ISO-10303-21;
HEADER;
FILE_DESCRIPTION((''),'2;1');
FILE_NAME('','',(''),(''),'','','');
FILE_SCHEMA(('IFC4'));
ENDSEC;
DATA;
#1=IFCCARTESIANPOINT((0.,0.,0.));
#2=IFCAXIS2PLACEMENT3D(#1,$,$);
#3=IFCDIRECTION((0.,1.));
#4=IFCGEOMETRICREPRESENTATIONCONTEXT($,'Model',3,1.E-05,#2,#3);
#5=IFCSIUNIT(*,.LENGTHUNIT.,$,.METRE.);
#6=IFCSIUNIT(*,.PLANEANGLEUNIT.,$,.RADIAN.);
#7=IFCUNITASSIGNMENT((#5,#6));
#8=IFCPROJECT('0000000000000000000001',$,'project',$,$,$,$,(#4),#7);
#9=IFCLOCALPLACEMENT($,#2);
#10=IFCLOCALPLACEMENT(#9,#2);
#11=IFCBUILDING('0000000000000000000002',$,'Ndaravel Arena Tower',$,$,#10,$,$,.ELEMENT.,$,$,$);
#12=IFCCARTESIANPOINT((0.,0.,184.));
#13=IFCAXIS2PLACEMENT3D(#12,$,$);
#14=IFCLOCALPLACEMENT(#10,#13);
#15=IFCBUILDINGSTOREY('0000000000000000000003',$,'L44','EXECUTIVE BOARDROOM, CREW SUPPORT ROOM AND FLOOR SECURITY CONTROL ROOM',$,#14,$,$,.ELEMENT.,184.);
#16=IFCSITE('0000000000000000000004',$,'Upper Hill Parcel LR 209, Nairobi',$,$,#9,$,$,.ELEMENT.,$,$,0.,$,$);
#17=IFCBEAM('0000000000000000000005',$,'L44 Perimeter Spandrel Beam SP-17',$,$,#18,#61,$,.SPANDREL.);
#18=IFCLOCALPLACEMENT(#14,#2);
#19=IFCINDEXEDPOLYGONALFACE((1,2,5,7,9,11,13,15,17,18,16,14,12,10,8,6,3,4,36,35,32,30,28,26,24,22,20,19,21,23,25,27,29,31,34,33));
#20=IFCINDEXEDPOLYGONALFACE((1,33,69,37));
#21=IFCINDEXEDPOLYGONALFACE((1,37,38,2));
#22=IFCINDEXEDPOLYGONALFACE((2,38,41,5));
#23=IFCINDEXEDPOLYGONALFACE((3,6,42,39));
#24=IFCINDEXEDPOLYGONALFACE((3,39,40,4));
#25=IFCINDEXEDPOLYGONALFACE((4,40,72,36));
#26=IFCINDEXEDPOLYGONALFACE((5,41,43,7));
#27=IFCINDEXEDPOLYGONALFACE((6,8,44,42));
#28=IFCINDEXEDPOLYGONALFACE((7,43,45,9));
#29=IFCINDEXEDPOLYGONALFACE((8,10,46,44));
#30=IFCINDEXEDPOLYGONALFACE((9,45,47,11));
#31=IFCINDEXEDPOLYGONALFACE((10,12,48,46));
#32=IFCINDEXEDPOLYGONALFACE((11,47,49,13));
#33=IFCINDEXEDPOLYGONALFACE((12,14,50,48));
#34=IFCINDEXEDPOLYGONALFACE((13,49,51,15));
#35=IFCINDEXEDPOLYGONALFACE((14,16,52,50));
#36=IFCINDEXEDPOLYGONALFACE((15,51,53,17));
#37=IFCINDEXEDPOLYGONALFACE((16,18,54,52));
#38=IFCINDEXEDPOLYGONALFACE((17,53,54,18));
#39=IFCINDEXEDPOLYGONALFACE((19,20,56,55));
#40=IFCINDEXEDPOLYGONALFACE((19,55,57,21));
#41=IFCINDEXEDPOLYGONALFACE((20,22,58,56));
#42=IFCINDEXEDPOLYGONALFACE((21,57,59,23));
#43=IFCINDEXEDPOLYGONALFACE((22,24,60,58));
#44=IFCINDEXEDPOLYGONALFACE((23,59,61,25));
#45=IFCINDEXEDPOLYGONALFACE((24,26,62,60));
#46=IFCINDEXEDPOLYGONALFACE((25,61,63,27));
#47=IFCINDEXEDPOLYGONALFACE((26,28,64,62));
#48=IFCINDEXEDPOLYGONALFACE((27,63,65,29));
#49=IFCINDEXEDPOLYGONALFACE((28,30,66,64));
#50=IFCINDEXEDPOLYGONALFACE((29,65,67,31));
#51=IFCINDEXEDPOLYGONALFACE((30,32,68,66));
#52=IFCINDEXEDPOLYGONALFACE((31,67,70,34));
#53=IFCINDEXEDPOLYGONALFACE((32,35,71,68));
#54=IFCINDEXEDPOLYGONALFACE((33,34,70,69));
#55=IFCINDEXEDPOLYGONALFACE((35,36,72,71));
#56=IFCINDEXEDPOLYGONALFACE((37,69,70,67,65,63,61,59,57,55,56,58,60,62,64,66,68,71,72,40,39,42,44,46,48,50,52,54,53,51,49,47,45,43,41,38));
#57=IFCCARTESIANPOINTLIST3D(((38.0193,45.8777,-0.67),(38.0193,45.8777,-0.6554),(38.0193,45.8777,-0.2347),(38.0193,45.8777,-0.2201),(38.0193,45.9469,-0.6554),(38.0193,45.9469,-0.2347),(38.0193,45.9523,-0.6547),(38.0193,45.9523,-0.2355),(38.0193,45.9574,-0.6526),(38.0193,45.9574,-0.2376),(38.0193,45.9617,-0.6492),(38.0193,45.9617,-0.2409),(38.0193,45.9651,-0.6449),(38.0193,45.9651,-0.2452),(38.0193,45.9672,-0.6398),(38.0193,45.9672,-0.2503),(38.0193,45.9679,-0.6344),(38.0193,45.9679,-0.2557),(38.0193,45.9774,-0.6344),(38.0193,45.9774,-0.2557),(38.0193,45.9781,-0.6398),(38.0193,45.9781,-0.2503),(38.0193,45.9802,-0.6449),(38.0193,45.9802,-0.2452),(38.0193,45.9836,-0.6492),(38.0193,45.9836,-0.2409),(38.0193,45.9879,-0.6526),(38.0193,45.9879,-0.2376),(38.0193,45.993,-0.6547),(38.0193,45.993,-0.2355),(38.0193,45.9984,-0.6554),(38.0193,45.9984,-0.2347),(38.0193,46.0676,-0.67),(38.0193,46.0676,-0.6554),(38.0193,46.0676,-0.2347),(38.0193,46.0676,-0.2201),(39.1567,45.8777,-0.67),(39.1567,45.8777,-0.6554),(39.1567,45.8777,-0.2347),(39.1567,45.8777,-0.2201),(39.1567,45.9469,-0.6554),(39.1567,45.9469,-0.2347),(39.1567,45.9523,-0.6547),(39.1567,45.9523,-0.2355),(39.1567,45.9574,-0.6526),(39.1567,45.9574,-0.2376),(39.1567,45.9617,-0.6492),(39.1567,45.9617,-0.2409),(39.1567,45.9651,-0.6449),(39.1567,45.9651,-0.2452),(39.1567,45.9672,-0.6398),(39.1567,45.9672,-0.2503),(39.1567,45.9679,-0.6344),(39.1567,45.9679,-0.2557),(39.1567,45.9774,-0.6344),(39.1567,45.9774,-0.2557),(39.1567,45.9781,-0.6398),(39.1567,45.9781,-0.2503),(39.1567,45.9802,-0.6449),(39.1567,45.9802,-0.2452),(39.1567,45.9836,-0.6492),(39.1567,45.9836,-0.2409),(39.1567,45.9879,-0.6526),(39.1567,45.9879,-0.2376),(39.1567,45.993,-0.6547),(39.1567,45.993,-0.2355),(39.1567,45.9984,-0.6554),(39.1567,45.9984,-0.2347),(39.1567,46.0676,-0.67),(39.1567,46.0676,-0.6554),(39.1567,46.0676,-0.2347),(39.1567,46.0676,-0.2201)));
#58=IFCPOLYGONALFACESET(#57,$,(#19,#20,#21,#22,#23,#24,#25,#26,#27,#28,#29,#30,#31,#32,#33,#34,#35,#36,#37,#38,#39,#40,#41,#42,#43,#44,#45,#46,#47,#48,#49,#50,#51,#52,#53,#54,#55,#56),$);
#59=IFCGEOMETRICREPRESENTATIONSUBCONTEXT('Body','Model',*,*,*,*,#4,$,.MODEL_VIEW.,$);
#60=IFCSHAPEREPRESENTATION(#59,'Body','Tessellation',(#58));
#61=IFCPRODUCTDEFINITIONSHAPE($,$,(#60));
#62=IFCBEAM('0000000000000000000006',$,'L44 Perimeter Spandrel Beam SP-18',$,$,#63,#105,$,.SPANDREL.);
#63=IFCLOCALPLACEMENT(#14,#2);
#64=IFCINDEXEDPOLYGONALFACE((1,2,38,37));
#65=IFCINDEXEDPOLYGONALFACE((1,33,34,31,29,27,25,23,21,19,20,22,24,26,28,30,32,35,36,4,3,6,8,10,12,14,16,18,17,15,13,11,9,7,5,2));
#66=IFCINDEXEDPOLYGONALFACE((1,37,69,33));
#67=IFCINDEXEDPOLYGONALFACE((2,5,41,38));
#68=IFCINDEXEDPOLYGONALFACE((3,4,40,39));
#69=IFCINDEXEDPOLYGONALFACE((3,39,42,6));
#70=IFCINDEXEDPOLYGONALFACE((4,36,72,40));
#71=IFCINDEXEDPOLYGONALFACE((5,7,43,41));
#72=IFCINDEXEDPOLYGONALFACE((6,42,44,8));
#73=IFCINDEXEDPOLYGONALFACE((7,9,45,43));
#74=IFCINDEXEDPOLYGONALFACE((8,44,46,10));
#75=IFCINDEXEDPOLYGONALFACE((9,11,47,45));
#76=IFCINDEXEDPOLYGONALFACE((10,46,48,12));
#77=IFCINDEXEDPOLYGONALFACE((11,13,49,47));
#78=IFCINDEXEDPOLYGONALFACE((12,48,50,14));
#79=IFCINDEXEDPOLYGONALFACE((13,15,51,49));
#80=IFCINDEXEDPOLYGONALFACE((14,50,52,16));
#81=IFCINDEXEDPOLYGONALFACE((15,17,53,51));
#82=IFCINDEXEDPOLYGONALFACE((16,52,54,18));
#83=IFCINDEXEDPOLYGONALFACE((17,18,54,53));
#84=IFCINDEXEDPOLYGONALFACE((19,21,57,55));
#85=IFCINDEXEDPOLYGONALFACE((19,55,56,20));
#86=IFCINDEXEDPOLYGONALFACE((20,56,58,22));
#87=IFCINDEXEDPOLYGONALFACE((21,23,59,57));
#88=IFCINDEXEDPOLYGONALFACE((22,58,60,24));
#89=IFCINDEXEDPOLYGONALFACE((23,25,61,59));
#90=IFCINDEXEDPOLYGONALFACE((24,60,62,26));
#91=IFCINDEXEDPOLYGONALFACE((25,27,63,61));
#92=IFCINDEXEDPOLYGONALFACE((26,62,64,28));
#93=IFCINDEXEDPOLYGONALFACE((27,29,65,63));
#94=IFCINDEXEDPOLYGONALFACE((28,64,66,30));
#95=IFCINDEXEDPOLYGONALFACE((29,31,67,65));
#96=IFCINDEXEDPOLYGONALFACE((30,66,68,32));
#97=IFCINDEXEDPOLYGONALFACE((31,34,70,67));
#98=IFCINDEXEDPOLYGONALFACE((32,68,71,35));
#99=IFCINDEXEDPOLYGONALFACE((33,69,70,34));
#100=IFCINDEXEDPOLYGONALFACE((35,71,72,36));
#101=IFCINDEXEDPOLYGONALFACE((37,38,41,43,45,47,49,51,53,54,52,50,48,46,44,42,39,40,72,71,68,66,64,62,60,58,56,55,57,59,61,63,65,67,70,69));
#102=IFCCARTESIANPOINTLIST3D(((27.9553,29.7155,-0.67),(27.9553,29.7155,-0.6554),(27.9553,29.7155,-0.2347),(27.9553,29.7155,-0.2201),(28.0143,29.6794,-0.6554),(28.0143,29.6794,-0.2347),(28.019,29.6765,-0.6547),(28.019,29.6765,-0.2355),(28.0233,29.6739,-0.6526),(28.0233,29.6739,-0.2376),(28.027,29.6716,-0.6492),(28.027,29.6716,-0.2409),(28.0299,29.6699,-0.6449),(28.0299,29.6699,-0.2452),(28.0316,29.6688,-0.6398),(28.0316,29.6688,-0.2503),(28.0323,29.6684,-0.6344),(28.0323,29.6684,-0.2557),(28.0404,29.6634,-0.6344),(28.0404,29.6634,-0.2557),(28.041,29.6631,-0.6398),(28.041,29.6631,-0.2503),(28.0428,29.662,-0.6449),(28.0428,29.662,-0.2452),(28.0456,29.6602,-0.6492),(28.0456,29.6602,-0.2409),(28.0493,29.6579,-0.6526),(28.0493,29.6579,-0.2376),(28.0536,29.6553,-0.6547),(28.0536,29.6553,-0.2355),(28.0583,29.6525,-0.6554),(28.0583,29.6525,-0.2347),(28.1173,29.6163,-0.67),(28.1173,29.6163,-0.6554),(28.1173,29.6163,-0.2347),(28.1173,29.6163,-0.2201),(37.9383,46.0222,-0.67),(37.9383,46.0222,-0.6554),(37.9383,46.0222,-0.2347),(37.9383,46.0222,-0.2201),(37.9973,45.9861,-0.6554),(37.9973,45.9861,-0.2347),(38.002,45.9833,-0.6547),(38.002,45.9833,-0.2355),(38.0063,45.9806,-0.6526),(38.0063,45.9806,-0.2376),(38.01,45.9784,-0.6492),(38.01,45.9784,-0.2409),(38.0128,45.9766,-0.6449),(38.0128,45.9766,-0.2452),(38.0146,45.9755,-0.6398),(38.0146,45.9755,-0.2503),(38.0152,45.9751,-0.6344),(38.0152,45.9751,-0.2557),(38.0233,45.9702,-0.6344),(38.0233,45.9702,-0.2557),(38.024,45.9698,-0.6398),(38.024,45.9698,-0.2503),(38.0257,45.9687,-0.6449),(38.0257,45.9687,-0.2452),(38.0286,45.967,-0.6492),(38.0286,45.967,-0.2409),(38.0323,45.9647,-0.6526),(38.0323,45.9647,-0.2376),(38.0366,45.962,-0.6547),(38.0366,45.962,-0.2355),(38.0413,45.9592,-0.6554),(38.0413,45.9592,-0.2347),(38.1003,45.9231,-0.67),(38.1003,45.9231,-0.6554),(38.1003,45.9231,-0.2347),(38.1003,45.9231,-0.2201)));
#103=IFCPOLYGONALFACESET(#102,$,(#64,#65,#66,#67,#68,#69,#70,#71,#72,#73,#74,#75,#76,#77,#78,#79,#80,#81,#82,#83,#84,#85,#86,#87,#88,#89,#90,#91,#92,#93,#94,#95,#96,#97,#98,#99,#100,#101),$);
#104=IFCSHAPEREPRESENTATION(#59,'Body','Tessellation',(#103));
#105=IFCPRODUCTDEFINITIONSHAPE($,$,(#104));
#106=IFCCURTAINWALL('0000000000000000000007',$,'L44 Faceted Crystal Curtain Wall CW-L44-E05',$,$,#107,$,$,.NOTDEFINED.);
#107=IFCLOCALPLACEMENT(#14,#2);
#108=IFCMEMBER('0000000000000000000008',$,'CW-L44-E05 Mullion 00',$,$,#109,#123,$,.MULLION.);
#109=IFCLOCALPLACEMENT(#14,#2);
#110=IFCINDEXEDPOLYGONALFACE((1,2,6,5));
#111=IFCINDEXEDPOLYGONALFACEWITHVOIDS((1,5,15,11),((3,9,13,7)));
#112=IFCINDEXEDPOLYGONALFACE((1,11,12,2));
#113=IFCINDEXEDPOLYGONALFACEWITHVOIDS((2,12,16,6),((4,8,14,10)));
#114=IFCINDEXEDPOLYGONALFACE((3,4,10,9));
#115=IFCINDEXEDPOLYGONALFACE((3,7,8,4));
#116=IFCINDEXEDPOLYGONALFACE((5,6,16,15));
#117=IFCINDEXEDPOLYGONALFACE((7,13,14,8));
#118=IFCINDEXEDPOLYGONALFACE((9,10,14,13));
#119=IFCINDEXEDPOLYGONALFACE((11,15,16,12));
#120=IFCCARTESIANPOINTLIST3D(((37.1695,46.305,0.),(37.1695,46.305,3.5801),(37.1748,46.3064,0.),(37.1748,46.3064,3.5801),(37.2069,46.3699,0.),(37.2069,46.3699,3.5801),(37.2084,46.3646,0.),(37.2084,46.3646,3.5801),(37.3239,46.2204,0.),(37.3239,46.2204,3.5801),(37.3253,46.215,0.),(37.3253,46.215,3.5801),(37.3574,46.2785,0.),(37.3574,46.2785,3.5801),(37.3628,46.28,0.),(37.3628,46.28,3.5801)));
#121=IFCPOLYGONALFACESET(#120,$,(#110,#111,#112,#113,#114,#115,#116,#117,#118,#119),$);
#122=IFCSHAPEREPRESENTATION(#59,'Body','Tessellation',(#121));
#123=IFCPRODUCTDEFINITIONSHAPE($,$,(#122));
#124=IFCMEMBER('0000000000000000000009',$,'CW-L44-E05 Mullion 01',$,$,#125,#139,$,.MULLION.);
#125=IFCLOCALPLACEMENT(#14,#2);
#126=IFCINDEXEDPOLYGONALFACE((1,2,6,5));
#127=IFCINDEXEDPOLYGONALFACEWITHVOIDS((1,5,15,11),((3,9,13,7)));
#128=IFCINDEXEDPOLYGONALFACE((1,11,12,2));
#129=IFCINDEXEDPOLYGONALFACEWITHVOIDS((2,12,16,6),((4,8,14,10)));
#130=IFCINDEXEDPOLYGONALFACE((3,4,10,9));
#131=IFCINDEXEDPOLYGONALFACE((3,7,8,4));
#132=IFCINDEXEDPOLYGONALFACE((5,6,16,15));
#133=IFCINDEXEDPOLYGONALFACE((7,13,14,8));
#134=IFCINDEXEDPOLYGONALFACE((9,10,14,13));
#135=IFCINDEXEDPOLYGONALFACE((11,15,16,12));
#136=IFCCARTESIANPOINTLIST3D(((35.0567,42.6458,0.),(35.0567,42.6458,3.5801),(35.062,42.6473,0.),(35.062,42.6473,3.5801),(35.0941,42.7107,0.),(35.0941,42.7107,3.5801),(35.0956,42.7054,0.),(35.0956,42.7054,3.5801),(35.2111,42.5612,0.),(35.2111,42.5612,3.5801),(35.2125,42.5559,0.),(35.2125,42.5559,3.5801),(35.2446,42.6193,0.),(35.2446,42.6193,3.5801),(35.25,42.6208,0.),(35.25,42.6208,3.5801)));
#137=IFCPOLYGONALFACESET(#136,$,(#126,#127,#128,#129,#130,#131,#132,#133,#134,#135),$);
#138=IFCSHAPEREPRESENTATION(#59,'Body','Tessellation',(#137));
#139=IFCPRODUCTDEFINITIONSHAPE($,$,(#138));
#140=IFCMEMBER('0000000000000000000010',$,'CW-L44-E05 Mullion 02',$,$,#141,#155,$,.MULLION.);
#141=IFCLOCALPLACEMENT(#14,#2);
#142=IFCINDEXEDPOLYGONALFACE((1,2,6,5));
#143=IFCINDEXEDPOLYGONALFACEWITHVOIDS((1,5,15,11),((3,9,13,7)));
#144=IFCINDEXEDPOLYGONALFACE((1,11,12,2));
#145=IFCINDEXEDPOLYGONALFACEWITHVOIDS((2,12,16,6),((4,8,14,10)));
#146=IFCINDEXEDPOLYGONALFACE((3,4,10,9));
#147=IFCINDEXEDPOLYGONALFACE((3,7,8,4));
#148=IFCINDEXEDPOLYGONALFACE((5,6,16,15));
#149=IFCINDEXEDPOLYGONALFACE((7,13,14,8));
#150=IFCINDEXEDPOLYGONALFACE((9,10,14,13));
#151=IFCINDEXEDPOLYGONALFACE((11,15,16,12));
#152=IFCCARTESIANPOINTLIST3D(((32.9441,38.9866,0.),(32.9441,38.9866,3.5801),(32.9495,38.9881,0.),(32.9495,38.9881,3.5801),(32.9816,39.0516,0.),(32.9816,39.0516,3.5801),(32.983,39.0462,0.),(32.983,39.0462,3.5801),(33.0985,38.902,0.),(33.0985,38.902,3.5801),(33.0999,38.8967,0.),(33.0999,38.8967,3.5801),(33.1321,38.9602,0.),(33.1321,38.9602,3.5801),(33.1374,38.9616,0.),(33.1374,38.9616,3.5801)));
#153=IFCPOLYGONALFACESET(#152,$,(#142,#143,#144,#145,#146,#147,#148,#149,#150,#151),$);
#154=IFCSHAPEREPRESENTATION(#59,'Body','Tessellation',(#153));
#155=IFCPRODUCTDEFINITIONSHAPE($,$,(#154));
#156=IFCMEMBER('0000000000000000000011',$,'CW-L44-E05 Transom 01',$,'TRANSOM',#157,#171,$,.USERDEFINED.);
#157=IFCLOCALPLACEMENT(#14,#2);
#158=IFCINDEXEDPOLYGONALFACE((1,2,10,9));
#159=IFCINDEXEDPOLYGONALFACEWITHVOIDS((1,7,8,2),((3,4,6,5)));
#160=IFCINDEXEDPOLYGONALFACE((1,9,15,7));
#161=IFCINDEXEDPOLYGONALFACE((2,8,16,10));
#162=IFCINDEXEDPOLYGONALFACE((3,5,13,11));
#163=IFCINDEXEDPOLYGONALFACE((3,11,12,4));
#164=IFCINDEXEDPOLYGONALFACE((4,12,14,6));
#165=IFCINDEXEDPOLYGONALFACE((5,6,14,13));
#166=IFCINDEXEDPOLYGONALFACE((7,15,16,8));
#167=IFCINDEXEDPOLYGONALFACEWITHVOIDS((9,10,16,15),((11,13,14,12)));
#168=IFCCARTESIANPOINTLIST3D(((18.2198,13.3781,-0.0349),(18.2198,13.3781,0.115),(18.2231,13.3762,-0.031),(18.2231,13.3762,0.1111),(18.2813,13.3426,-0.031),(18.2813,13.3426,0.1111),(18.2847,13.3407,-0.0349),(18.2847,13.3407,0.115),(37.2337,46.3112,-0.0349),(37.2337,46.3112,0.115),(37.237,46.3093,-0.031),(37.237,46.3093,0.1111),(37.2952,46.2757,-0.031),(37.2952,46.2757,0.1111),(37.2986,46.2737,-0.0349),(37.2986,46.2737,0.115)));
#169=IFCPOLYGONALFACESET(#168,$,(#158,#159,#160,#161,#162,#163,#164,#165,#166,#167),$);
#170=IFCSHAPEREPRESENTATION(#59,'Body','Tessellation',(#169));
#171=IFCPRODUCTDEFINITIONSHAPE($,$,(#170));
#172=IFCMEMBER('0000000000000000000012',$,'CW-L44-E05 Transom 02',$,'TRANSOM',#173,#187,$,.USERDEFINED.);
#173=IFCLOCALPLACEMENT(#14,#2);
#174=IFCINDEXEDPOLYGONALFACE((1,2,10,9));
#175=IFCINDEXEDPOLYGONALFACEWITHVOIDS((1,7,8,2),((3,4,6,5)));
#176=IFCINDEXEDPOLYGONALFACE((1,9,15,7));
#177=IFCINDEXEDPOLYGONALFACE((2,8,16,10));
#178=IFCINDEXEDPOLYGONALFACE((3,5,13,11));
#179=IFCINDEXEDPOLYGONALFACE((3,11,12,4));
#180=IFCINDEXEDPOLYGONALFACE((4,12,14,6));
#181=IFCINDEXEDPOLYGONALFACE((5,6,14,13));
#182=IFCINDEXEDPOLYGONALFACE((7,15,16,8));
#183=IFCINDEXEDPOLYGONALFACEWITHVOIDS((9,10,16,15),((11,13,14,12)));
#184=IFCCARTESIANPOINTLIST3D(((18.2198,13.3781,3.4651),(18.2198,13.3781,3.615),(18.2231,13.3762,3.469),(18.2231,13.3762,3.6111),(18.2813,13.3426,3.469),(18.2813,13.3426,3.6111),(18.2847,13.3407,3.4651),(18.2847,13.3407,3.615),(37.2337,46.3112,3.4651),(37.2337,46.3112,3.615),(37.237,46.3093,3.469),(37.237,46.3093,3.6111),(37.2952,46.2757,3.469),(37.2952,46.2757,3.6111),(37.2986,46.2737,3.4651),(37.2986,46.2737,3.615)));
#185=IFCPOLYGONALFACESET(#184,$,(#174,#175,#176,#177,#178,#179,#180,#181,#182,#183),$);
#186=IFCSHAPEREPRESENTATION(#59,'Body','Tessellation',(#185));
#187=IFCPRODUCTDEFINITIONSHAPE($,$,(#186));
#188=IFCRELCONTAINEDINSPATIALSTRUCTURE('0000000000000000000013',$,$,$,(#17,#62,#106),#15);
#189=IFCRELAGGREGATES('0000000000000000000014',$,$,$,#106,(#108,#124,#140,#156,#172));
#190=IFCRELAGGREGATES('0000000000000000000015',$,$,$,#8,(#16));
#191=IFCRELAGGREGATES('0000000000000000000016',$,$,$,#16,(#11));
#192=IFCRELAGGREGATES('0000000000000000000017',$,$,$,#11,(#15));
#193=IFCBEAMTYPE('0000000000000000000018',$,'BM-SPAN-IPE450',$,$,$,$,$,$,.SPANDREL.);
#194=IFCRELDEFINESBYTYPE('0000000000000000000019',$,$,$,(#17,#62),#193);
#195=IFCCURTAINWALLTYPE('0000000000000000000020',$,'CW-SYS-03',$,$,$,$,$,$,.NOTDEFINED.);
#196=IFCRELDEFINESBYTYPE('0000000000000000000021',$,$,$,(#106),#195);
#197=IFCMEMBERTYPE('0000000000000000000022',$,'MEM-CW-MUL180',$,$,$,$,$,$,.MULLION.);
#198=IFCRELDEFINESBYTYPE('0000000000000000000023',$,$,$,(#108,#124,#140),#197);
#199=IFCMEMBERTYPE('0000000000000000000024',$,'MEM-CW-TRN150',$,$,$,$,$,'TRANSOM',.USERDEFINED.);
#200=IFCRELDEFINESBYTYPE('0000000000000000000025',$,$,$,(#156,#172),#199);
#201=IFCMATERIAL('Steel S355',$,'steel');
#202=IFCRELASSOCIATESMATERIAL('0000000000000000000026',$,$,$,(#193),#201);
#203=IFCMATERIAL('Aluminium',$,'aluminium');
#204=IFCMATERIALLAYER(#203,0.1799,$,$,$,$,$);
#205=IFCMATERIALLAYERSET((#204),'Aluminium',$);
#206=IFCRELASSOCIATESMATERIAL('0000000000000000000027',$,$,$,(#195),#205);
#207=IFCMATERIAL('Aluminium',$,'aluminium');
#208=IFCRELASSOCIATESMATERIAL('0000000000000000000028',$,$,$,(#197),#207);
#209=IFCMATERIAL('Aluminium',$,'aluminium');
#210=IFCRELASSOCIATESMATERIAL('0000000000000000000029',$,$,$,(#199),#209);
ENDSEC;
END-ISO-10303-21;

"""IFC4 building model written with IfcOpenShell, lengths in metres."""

from ifc_helpers import new_model, si_unit, direction, frame, origin, origin_2d, place, context, subcontext, project, spatial, hollow_rectangle, i_section, extrude, material, layer, layer_set, material_profile, profile_set, type_object, element, aggregate, save


model = new_model("IFC4")

# Units and contexts
model_context = context("Model", 3, precision=1e-05, world=origin(), true_north=direction((0.0, 1.0)))
body_context = subcontext(model_context, "Body", "Model", "MODEL_VIEW")
ifc_project = project(units=[si_unit("LENGTHUNIT", "METRE"), si_unit("PLANEANGLEUNIT", "RADIAN")], contexts=[model_context])

# Site, building, storey
site_placement = place(None, origin())
site = spatial("IfcSite", under=ifc_project, at=site_placement, Name="Upper Hill Parcel LR 209, Nairobi", CompositionType="ELEMENT", RefElevation=0.0)
building_placement = place(site_placement, origin())
building = spatial("IfcBuilding", under=site, at=building_placement, Name="Ndaravel Arena Tower", CompositionType="ELEMENT")
storey_placement = place(building_placement, frame((0.0, 0.0, 184.0)))
storey = spatial("IfcBuildingStorey", under=building, at=storey_placement, Name="L44", Description="EXECUTIVE BOARDROOM, CREW SUPPORT ROOM AND FLOOR SECURITY CONTROL ROOM", CompositionType="ELEMENT", Elevation=184.0)

# Beams
ifc_material_1 = material(Name="Steel S355", Category="steel")
ifc_material_profile_1 = material_profile(ifc_material_1, i_section(OverallWidth=0.1899, OverallDepth=0.45, WebThickness=0.0095, FlangeThickness=0.0146, FilletRadius=0.021, at=origin_2d()), Name="IPE 450")
ifc_profile_set_1 = profile_set([ifc_material_profile_1], Name="Steel S355")
beam_type_1 = type_object("IfcBeamType", Name="BM-SPAN-IPE450", PredefinedType="SPANDREL", material=ifc_profile_set_1)
beam_1_placement = place(storey_placement, frame((39.1567, 45.9727, -0.4451), z_axis=(-1.0, 0.0, 0.0), x_axis=(0.0, -1.0, 0.0)))
element("IfcBeam", 1, at=beam_1_placement, inside=storey, type_object=beam_type_1, Name="L44 Perimeter Spandrel Beam SP-17", PredefinedType="SPANDREL", context=body_context, shape_type="SweptSolid", body=[
    extrude(i_section(OverallWidth=0.1899, OverallDepth=0.45, WebThickness=0.0095, FlangeThickness=0.0146, FilletRadius=0.021, at=origin_2d()), origin(), (0.0, 0.0, 1.0), 1.1375),
])
beam_2_placement = place(storey_placement, frame((38.0193, 45.9727, -0.4451), z_axis=(-0.522125, -0.852869, 0.0), x_axis=(0.852869, -0.522125, 0.0)))
element("IfcBeam", 2, at=beam_2_placement, inside=storey, type_object=beam_type_1, Name="L44 Perimeter Spandrel Beam SP-18", PredefinedType="SPANDREL", context=body_context, shape_type="SweptSolid", body=[
    extrude(i_section(OverallWidth=0.1899, OverallDepth=0.45, WebThickness=0.0095, FlangeThickness=0.0146, FilletRadius=0.021, at=origin_2d()), origin(), (0.0, 0.0, 1.0), 19.1199),
])

# Curtain wall, members
ifc_material_2 = material(Name="Aluminium", Category="aluminium")
ifc_layer_1 = layer(ifc_material_2, 0.1799)
ifc_layer_set_1 = layer_set([ifc_layer_1], Name="Aluminium")
curtain_wall_type_1 = type_object("IfcCurtainWallType", Name="CW-SYS-03", PredefinedType="NOTDEFINED", material=ifc_layer_set_1)
curtain_wall_1_placement = place(storey_placement, origin())
curtain_wall_1 = element("IfcCurtainWall", 3, at=curtain_wall_1_placement, inside=storey, type_object=curtain_wall_type_1, Name="L44 Faceted Crystal Curtain Wall CW-L44-E05", PredefinedType="NOTDEFINED")
ifc_material_3 = material(Name="Aluminium", Category="aluminium")
ifc_material_profile_2 = material_profile(ifc_material_3, hollow_rectangle(XDim=0.075, YDim=0.1799, WallThickness=0.0039, at=origin_2d()), Name="CW MULLION 75x180x4")
ifc_profile_set_2 = profile_set([ifc_material_profile_2], Name="Aluminium")
member_type_1 = type_object("IfcMemberType", Name="MEM-CW-MUL180", PredefinedType="MULLION", material=ifc_profile_set_2)
member_1_placement = place(storey_placement, frame((37.2661, 46.2925, 0.0), z_axis=(0.0, 0.0, 1.0), x_axis=(-0.5, -0.866025, 0.0)))
member_1 = element("IfcMember", 4, at=member_1_placement, type_object=member_type_1, Name="CW-L44-E05 Mullion 00", PredefinedType="MULLION", context=body_context, shape_type="SweptSolid", body=[
    extrude(hollow_rectangle(XDim=0.075, YDim=0.1799, WallThickness=0.0039, at=origin_2d()), origin(), (0.0, 0.0, 1.0), 3.5801),
])
member_2_placement = place(storey_placement, frame((35.1533, 42.6333, 0.0), z_axis=(0.0, 0.0, 1.0), x_axis=(-0.5, -0.866025, 0.0)))
member_2 = element("IfcMember", 5, at=member_2_placement, type_object=member_type_1, Name="CW-L44-E05 Mullion 01", PredefinedType="MULLION", context=body_context, shape_type="SweptSolid", body=[
    extrude(hollow_rectangle(XDim=0.075, YDim=0.1799, WallThickness=0.0039, at=origin_2d()), origin(), (0.0, 0.0, 1.0), 3.5801),
])
member_3_placement = place(storey_placement, frame((33.0408, 38.9741, 0.0), z_axis=(0.0, 0.0, 1.0), x_axis=(-0.5, -0.866025, 0.0)))
member_3 = element("IfcMember", 6, at=member_3_placement, type_object=member_type_1, Name="CW-L44-E05 Mullion 02", PredefinedType="MULLION", context=body_context, shape_type="SweptSolid", body=[
    extrude(hollow_rectangle(XDim=0.075, YDim=0.1799, WallThickness=0.0039, at=origin_2d()), origin(), (0.0, 0.0, 1.0), 3.5801),
])
ifc_material_4 = material(Name="Aluminium", Category="aluminium")
ifc_material_profile_3 = material_profile(ifc_material_4, hollow_rectangle(XDim=0.075, YDim=0.1499, WallThickness=0.0039, at=origin_2d()), Name="CW TRANSOM 75x150x4")
ifc_profile_set_3 = profile_set([ifc_material_profile_3], Name="Aluminium")
member_type_2 = type_object("IfcMemberType", Name="MEM-CW-TRN150", ElementType="TRANSOM", PredefinedType="USERDEFINED", material=ifc_profile_set_3)
member_4_placement = place(storey_placement, frame((37.2661, 46.2925, 0.04), z_axis=(-0.5, -0.866026, 0.0), x_axis=(0.866026, -0.5, 0.0)))
member_4 = element("IfcMember", 7, at=member_4_placement, type_object=member_type_2, Name="CW-L44-E05 Transom 01", ObjectType="TRANSOM", PredefinedType="USERDEFINED", context=body_context, shape_type="SweptSolid", body=[
    extrude(hollow_rectangle(XDim=0.075, YDim=0.1499, WallThickness=0.0039, at=origin_2d()), origin(), (0.0, 0.0, 1.0), 38.0278),
])
member_5_placement = place(storey_placement, frame((37.2661, 46.2925, 3.54), z_axis=(-0.5, -0.866026, 0.0), x_axis=(0.866026, -0.5, 0.0)))
member_5 = element("IfcMember", 8, at=member_5_placement, type_object=member_type_2, Name="CW-L44-E05 Transom 02", ObjectType="TRANSOM", PredefinedType="USERDEFINED", context=body_context, shape_type="SweptSolid", body=[
    extrude(hollow_rectangle(XDim=0.075, YDim=0.1499, WallThickness=0.0039, at=origin_2d()), origin(), (0.0, 0.0, 1.0), 38.0278),
])

aggregate(curtain_wall_1, [member_1, member_2, member_3, member_4, member_5])

save(model, "model.ifc")
